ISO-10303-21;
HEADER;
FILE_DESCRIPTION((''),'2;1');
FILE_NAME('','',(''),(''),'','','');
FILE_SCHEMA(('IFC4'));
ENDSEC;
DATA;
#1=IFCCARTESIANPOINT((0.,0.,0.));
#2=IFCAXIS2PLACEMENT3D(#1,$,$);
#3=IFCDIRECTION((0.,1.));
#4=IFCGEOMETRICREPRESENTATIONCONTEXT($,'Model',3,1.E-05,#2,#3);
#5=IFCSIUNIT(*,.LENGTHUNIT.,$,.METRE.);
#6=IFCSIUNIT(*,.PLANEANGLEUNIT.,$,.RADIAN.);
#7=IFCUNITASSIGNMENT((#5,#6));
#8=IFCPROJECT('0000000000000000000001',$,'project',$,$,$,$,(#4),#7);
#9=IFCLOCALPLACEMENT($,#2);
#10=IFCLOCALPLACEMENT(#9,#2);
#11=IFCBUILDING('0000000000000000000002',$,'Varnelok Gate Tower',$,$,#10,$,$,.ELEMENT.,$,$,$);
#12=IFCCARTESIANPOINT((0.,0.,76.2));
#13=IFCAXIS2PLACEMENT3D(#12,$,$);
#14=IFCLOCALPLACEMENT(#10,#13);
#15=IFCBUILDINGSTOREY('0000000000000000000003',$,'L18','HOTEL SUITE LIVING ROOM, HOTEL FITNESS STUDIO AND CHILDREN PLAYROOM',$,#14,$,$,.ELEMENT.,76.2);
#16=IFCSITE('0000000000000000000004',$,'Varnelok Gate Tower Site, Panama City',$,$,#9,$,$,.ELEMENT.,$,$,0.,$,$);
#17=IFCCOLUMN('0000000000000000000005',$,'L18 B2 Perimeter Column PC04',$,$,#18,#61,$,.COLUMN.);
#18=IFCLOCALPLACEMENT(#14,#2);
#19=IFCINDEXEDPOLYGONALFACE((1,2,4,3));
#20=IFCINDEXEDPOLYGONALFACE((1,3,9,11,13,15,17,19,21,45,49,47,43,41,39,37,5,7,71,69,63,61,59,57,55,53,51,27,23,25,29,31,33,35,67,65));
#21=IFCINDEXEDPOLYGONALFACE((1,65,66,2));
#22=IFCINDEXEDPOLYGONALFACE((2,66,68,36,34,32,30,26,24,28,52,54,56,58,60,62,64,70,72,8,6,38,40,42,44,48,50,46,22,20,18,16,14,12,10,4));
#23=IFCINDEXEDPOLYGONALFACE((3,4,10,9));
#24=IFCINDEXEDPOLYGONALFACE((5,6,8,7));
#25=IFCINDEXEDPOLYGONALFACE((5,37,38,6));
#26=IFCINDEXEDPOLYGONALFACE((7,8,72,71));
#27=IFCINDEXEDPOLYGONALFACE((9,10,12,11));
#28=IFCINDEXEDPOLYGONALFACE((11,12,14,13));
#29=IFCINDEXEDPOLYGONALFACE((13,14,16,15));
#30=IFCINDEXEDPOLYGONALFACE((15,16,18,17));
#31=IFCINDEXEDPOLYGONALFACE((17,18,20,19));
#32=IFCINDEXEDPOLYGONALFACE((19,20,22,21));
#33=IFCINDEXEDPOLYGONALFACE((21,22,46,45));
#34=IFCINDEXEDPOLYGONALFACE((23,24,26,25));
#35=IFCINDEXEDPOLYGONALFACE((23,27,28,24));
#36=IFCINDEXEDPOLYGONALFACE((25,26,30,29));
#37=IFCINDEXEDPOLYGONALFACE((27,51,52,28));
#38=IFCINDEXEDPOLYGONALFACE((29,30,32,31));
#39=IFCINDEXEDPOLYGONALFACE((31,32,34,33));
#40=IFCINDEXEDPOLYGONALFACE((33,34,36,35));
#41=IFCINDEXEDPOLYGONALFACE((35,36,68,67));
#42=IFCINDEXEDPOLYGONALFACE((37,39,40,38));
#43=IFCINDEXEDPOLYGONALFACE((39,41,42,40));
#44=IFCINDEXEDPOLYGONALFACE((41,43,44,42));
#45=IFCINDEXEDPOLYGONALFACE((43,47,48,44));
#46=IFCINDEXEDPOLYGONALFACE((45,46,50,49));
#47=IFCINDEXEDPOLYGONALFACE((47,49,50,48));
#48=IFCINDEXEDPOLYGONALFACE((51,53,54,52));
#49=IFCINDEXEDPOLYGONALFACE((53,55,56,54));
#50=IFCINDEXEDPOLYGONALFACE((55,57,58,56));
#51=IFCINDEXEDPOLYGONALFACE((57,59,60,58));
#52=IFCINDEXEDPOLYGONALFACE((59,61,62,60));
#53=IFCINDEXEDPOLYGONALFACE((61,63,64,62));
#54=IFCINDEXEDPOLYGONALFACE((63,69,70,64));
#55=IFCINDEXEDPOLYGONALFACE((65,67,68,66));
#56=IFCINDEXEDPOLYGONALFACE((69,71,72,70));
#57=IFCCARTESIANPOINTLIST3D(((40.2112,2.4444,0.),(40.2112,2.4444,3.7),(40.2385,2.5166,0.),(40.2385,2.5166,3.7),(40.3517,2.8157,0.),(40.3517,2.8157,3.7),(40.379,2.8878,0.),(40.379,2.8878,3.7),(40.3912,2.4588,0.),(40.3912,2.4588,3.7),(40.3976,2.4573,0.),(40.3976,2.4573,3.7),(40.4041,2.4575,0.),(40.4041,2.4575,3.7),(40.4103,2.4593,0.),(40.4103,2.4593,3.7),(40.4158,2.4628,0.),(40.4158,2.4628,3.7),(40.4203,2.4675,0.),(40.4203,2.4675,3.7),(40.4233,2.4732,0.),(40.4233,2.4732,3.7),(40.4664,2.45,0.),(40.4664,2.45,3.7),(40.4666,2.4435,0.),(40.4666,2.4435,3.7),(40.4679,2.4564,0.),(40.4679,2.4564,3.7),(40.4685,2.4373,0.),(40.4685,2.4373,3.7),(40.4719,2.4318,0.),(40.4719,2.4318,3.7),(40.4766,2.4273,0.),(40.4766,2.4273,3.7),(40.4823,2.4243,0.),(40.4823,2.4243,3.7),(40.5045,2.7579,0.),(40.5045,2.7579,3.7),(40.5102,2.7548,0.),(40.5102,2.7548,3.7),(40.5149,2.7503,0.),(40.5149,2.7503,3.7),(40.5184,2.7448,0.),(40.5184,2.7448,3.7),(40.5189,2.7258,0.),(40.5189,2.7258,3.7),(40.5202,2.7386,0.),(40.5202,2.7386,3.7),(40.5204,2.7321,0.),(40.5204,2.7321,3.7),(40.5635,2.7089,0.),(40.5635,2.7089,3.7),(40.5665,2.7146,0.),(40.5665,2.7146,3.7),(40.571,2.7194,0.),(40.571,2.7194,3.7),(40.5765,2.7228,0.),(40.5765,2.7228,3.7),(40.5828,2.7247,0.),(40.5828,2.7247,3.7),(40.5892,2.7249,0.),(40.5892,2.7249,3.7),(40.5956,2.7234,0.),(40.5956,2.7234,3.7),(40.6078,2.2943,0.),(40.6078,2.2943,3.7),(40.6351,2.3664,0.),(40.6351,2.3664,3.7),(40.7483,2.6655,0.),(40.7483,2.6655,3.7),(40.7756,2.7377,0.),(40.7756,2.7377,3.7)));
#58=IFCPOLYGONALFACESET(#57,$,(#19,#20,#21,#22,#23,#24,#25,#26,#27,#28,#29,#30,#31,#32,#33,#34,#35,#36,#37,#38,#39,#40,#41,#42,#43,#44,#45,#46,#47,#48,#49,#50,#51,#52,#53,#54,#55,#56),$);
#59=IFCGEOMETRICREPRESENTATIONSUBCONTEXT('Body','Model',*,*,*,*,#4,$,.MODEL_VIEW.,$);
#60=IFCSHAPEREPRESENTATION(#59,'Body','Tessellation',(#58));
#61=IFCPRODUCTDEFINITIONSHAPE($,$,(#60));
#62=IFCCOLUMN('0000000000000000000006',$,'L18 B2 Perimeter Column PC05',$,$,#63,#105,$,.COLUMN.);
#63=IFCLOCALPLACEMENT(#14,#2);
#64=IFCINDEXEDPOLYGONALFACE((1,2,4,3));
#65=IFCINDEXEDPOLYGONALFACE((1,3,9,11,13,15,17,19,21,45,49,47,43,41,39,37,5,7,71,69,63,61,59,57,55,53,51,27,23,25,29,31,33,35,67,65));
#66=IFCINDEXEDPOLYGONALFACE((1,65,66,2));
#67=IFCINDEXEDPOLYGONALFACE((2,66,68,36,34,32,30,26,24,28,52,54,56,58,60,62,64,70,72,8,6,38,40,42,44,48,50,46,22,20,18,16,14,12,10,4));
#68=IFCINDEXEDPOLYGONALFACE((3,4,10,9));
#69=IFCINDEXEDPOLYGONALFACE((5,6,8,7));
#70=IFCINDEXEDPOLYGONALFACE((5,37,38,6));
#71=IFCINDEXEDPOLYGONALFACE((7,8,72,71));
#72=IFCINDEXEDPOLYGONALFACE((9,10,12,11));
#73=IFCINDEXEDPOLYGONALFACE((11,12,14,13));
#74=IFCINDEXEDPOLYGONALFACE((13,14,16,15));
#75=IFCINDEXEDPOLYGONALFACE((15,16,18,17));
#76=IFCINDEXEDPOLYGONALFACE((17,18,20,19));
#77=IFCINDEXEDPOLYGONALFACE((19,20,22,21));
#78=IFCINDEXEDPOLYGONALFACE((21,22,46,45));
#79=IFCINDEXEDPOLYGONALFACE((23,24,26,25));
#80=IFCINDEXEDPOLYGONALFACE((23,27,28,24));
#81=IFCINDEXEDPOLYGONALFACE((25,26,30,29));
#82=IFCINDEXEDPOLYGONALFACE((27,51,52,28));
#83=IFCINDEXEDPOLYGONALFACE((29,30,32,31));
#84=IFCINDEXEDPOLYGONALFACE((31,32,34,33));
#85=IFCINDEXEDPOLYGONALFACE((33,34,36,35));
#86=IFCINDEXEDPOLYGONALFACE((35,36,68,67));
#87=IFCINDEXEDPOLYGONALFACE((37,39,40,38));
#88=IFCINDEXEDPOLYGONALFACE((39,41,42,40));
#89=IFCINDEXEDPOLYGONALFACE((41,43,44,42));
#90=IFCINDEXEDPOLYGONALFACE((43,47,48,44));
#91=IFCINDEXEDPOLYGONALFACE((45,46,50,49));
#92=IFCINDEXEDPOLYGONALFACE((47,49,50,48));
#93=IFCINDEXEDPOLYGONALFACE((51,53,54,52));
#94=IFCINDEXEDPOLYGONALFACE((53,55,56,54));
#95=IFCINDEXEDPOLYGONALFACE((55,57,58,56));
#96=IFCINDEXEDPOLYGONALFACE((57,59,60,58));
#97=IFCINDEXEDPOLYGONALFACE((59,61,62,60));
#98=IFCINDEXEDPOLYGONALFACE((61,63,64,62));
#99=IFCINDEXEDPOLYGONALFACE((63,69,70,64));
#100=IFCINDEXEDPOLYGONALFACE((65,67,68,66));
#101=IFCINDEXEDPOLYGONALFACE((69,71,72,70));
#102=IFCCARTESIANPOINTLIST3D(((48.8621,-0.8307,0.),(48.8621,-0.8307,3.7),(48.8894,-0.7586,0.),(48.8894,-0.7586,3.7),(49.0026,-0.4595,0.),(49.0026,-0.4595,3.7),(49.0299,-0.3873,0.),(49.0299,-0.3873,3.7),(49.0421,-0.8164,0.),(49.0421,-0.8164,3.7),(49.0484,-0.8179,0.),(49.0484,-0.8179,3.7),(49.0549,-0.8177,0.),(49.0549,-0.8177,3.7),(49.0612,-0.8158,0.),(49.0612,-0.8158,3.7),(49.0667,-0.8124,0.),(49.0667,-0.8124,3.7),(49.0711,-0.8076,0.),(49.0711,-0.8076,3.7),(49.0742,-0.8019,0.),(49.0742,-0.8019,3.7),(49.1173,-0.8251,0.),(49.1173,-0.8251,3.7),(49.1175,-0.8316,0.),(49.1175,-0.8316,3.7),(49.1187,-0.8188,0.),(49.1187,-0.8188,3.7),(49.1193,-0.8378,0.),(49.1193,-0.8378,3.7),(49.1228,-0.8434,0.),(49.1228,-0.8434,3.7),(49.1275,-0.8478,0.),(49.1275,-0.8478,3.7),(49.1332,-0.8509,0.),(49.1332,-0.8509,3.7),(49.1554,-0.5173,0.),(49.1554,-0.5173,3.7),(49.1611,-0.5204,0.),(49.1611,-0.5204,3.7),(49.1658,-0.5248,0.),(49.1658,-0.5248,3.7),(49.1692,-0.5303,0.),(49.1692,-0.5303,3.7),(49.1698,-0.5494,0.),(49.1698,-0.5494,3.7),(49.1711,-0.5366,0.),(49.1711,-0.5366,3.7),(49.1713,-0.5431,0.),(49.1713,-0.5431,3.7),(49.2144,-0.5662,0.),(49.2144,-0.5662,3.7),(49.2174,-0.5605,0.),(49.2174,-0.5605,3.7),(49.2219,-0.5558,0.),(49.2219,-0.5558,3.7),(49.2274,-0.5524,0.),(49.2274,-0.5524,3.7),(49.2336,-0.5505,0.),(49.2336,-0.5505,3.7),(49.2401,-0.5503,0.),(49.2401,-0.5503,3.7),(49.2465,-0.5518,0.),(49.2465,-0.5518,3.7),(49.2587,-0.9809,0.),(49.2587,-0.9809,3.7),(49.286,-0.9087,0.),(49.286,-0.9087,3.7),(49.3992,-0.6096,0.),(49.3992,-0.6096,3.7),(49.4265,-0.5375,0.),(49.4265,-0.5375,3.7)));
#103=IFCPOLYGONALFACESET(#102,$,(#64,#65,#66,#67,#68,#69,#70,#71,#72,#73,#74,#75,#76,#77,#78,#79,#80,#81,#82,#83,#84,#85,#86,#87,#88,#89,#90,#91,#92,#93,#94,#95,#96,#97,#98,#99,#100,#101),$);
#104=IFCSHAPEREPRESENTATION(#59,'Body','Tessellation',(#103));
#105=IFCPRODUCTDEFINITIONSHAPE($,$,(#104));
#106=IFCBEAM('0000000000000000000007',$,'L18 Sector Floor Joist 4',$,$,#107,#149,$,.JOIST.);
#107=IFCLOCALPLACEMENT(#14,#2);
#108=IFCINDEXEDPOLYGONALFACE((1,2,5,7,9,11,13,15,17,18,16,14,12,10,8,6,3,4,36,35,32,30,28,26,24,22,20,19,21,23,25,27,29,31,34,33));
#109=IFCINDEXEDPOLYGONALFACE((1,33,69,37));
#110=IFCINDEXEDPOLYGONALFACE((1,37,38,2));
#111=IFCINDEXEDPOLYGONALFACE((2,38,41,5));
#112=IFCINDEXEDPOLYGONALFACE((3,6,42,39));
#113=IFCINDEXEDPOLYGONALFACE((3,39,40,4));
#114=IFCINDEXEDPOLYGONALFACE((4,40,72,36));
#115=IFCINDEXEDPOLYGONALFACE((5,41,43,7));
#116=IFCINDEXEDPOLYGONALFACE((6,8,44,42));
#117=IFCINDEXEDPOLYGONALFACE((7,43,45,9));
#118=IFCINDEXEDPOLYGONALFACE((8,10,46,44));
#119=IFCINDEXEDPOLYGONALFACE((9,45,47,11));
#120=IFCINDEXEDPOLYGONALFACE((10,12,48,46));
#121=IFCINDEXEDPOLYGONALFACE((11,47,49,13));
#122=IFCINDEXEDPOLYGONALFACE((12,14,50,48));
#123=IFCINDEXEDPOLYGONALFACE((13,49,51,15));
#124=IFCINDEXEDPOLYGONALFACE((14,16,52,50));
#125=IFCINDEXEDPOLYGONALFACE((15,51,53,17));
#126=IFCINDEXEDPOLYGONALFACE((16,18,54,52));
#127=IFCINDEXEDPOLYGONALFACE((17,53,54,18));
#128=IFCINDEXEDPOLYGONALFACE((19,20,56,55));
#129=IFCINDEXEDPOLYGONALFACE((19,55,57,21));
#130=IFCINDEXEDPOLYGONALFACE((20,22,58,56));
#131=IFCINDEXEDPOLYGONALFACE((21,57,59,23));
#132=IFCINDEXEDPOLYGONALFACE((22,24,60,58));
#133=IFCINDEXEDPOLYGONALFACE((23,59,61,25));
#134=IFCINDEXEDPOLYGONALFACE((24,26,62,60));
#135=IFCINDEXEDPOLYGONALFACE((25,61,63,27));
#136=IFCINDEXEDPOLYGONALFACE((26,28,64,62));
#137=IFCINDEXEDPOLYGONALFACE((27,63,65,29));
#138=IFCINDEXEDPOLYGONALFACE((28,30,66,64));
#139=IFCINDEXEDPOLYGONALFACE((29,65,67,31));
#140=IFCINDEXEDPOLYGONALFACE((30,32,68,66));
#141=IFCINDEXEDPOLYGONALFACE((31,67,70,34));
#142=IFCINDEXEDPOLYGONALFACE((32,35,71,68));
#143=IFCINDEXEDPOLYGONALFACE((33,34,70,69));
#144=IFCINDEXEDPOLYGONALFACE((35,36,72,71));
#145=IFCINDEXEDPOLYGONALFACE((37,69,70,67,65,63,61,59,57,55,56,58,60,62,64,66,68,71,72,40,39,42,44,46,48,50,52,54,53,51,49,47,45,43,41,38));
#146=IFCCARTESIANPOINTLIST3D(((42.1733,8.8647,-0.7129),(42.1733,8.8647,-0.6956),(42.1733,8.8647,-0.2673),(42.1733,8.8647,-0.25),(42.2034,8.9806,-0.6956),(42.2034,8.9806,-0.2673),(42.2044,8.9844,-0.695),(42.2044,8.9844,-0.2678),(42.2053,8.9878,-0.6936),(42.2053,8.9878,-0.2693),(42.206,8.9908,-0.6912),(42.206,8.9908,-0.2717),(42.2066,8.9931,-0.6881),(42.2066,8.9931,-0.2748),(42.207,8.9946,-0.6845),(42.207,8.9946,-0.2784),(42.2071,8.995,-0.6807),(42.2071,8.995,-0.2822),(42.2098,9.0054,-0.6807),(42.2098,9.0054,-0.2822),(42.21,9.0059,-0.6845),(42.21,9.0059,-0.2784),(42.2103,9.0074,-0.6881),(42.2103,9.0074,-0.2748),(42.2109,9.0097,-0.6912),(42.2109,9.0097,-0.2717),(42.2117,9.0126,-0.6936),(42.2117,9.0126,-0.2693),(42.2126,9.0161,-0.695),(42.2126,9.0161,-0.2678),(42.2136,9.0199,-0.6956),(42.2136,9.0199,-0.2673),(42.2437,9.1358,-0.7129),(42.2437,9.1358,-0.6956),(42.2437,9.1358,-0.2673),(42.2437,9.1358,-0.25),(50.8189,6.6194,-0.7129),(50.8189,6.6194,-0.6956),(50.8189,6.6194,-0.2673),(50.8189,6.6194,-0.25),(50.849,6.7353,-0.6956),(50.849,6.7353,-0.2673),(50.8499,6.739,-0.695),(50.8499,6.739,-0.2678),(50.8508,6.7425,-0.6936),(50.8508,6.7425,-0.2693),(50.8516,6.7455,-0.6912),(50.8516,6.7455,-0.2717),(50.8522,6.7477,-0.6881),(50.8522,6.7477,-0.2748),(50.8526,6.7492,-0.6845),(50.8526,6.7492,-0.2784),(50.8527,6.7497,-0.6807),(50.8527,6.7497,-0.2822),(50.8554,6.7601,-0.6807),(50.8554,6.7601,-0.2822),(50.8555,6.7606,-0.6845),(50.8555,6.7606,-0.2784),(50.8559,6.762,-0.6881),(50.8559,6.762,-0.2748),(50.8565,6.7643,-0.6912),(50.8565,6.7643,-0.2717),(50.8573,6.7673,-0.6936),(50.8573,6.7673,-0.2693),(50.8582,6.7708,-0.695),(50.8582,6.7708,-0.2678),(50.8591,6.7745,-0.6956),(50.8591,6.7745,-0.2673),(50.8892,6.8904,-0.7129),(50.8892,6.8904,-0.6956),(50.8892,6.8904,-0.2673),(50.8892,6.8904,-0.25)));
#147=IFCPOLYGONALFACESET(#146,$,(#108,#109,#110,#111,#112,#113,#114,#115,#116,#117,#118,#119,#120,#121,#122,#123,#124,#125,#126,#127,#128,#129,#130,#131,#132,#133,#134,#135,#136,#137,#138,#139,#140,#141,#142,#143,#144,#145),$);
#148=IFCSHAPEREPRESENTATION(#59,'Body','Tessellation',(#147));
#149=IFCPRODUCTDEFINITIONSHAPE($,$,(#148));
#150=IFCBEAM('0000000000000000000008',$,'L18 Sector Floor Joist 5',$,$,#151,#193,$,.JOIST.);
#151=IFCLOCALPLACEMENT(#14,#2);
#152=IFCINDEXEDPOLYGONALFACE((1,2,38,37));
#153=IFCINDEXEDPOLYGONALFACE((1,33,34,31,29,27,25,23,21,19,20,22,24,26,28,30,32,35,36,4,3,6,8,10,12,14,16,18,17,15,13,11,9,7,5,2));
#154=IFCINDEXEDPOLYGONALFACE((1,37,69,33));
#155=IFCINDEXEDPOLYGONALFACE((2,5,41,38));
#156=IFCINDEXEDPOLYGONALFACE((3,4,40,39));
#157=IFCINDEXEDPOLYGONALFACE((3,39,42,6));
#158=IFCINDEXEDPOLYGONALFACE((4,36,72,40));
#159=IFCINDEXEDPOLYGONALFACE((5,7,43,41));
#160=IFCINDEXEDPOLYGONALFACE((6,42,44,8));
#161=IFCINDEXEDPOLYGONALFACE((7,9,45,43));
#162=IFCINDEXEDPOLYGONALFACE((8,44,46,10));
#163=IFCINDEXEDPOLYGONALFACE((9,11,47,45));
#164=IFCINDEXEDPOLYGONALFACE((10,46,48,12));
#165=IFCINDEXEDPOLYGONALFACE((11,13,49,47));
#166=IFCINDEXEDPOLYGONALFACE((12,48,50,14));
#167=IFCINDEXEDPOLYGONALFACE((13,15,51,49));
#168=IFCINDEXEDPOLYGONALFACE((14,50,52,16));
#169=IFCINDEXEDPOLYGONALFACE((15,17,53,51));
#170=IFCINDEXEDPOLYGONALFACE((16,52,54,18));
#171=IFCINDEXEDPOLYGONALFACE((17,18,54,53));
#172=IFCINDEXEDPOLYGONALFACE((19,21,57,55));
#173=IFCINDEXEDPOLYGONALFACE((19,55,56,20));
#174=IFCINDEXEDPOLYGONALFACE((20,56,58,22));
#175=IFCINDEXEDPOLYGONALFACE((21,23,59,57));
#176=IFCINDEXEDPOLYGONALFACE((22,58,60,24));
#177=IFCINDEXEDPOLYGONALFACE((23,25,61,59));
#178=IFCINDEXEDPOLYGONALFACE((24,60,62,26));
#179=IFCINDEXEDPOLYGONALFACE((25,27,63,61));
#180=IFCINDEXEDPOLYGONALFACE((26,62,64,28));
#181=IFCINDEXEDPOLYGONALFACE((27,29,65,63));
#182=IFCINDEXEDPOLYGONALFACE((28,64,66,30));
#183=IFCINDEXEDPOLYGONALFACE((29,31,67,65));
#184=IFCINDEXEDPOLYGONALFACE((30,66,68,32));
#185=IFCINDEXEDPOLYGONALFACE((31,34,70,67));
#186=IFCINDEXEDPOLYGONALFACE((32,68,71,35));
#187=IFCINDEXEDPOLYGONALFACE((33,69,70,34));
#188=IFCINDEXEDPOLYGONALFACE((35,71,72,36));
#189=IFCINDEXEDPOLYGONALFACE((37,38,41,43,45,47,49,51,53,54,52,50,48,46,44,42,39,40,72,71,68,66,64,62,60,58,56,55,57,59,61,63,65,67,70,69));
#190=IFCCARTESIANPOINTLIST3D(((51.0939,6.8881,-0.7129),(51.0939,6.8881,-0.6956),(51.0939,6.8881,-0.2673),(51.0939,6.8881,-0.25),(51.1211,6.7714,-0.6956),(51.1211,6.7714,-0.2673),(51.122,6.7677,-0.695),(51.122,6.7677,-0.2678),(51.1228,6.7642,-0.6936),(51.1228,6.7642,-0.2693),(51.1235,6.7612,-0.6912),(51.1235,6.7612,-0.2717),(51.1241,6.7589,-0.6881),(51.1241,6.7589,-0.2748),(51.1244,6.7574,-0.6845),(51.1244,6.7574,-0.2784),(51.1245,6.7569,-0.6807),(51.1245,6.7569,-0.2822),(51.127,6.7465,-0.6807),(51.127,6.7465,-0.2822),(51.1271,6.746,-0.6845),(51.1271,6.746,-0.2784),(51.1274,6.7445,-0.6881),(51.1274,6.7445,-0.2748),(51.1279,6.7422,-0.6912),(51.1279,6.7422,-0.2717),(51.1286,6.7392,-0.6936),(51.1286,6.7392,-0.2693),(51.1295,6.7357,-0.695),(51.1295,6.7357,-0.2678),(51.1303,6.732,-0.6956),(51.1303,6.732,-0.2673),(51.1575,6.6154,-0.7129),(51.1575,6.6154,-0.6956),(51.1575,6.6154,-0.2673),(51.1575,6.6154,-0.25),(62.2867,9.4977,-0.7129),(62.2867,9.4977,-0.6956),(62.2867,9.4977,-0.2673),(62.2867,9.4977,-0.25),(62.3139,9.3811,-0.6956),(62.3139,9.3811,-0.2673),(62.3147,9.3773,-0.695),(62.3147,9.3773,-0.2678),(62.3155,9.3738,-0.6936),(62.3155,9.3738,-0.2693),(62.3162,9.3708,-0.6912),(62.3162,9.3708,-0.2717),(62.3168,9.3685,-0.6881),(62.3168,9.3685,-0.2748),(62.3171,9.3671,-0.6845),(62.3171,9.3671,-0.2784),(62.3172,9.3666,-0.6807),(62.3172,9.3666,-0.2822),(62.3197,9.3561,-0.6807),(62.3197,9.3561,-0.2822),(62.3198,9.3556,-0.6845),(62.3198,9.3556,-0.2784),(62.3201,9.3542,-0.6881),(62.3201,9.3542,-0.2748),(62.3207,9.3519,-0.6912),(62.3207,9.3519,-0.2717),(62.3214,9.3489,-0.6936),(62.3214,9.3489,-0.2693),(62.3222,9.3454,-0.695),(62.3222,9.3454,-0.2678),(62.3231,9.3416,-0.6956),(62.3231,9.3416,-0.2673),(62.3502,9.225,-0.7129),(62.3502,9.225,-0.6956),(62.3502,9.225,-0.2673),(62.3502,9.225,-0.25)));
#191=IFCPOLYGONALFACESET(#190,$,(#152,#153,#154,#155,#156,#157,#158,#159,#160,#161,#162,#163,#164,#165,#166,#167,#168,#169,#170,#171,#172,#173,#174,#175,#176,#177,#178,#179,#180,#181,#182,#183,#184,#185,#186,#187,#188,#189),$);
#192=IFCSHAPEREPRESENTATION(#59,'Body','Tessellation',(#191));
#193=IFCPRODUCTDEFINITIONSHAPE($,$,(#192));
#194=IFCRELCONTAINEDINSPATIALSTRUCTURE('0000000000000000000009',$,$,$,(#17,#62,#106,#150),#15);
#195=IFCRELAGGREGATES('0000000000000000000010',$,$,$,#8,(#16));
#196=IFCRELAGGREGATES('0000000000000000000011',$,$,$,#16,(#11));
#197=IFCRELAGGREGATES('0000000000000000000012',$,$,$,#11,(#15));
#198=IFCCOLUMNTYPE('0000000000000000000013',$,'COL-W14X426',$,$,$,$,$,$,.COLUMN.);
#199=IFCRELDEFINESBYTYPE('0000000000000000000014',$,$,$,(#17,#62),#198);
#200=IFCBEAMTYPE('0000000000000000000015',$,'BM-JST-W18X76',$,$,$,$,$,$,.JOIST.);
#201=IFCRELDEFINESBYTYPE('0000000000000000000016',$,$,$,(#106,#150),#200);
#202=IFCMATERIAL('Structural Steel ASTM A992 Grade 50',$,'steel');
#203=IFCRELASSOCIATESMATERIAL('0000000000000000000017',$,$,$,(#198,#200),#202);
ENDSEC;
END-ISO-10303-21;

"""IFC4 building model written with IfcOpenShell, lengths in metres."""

from ifc_helpers import new_model, si_unit, direction, frame, origin, origin_2d, place, context, subcontext, project, spatial, i_section, extrude, material, material_profile, profile_set, type_object, element, save


model = new_model("IFC4")

# Units and contexts
model_context = context("Model", 3, precision=1e-05, world=origin(), true_north=direction((0.0, 1.0)))
body_context = subcontext(model_context, "Body", "Model", "MODEL_VIEW")
ifc_project = project(units=[si_unit("LENGTHUNIT", "METRE"), si_unit("PLANEANGLEUNIT", "RADIAN")], contexts=[model_context])

# Site, building, storey
site_placement = place(None, origin())
site = spatial("IfcSite", under=ifc_project, at=site_placement, Name="Varnelok Gate Tower Site, Panama City", CompositionType="ELEMENT", RefElevation=0.0)
building_placement = place(site_placement, origin())
building = spatial("IfcBuilding", under=site, at=building_placement, Name="Varnelok Gate Tower", CompositionType="ELEMENT")
storey_placement = place(building_placement, frame((0.0, 0.0, 76.2)))
storey = spatial("IfcBuildingStorey", under=building, at=storey_placement, Name="L18", Description="HOTEL SUITE LIVING ROOM, HOTEL FITNESS STUDIO AND CHILDREN PLAYROOM", CompositionType="ELEMENT", Elevation=76.2)

# Columns
ifc_material_1 = material(Name="Structural Steel ASTM A992 Grade 50", Category="steel")
ifc_material_profile_1 = material_profile(ifc_material_1, i_section(OverallWidth=0.4241, OverallDepth=0.4741, WebThickness=0.0476, FlangeThickness=0.0771, FilletRadius=0.0249, at=origin_2d()), Name="W14X426")
ifc_profile_set_1 = profile_set([ifc_material_profile_1], Name="Structural Steel ASTM A992 Grade 50")
column_type = type_object("IfcColumnType", Name="COL-W14X426", PredefinedType="COLUMN", material=ifc_profile_set_1)
for number, where, z_axis, x_axis, name in (
    (1, (40.4934, 2.5911, 0.0), (0.0, 0.0, 1.0), (0.935222, -0.354063, 0.0), "L18 B2 Perimeter Column PC04"),
    (2, (49.1443, -0.6841, 0.0), (0.0, 0.0, 1.0), (0.935222, -0.354063, 0.0), "L18 B2 Perimeter Column PC05"),
):
    element("IfcColumn", number, at=place(storey_placement, frame(where, z_axis=z_axis, x_axis=x_axis)), inside=storey, type_object=column_type, Name=name, PredefinedType="COLUMN", context=body_context, shape_type="SweptSolid", body=[
        extrude(i_section(OverallWidth=0.4241, OverallDepth=0.4741, WebThickness=0.0476, FlangeThickness=0.0771, FilletRadius=0.0249, at=origin_2d()), origin(), (0.0, 0.0, 1.0), 3.7),
    ])

# Beams
ifc_material_profile_2 = material_profile(ifc_material_1, i_section(OverallWidth=0.28, OverallDepth=0.4629, WebThickness=0.0107, FlangeThickness=0.0173, FilletRadius=0.0149, at=origin_2d()), Name="W18X76")
ifc_profile_set_2 = profile_set([ifc_material_profile_2], Name="Structural Steel ASTM A992 Grade 50")
beam_type_1 = type_object("IfcBeamType", Name="BM-JST-W18X76", PredefinedType="JOIST", material=ifc_profile_set_2)
beam_1_placement = place(storey_placement, frame((42.2085, 9.0002, -0.4814), z_axis=(0.96789, -0.251375, 0.0), x_axis=(0.251375, 0.96789, 0.0)))
element("IfcBeam", 3, at=beam_1_placement, inside=storey, type_object=beam_type_1, Name="L18 Sector Floor Joist 4", PredefinedType="JOIST", context=body_context, shape_type="SweptSolid", body=[
    extrude(i_section(OverallWidth=0.28, OverallDepth=0.4629, WebThickness=0.0107, FlangeThickness=0.0173, FilletRadius=0.0149, at=origin_2d()), origin(), (0.0, 0.0, 1.0), 8.9324),
])
beam_2_placement = place(storey_placement, frame((51.1257, 6.7517, -0.4814), z_axis=(0.97388, 0.227065, 0.0), x_axis=(-0.227065, 0.97388, 0.0)))
element("IfcBeam", 4, at=beam_2_placement, inside=storey, type_object=beam_type_1, Name="L18 Sector Floor Joist 5", PredefinedType="JOIST", context=body_context, shape_type="SweptSolid", body=[
    extrude(i_section(OverallWidth=0.28, OverallDepth=0.4629, WebThickness=0.0107, FlangeThickness=0.0173, FilletRadius=0.0149, at=origin_2d()), origin(), (0.0, 0.0, 1.0), 11.4929),
])

save(model, "model.ifc")
